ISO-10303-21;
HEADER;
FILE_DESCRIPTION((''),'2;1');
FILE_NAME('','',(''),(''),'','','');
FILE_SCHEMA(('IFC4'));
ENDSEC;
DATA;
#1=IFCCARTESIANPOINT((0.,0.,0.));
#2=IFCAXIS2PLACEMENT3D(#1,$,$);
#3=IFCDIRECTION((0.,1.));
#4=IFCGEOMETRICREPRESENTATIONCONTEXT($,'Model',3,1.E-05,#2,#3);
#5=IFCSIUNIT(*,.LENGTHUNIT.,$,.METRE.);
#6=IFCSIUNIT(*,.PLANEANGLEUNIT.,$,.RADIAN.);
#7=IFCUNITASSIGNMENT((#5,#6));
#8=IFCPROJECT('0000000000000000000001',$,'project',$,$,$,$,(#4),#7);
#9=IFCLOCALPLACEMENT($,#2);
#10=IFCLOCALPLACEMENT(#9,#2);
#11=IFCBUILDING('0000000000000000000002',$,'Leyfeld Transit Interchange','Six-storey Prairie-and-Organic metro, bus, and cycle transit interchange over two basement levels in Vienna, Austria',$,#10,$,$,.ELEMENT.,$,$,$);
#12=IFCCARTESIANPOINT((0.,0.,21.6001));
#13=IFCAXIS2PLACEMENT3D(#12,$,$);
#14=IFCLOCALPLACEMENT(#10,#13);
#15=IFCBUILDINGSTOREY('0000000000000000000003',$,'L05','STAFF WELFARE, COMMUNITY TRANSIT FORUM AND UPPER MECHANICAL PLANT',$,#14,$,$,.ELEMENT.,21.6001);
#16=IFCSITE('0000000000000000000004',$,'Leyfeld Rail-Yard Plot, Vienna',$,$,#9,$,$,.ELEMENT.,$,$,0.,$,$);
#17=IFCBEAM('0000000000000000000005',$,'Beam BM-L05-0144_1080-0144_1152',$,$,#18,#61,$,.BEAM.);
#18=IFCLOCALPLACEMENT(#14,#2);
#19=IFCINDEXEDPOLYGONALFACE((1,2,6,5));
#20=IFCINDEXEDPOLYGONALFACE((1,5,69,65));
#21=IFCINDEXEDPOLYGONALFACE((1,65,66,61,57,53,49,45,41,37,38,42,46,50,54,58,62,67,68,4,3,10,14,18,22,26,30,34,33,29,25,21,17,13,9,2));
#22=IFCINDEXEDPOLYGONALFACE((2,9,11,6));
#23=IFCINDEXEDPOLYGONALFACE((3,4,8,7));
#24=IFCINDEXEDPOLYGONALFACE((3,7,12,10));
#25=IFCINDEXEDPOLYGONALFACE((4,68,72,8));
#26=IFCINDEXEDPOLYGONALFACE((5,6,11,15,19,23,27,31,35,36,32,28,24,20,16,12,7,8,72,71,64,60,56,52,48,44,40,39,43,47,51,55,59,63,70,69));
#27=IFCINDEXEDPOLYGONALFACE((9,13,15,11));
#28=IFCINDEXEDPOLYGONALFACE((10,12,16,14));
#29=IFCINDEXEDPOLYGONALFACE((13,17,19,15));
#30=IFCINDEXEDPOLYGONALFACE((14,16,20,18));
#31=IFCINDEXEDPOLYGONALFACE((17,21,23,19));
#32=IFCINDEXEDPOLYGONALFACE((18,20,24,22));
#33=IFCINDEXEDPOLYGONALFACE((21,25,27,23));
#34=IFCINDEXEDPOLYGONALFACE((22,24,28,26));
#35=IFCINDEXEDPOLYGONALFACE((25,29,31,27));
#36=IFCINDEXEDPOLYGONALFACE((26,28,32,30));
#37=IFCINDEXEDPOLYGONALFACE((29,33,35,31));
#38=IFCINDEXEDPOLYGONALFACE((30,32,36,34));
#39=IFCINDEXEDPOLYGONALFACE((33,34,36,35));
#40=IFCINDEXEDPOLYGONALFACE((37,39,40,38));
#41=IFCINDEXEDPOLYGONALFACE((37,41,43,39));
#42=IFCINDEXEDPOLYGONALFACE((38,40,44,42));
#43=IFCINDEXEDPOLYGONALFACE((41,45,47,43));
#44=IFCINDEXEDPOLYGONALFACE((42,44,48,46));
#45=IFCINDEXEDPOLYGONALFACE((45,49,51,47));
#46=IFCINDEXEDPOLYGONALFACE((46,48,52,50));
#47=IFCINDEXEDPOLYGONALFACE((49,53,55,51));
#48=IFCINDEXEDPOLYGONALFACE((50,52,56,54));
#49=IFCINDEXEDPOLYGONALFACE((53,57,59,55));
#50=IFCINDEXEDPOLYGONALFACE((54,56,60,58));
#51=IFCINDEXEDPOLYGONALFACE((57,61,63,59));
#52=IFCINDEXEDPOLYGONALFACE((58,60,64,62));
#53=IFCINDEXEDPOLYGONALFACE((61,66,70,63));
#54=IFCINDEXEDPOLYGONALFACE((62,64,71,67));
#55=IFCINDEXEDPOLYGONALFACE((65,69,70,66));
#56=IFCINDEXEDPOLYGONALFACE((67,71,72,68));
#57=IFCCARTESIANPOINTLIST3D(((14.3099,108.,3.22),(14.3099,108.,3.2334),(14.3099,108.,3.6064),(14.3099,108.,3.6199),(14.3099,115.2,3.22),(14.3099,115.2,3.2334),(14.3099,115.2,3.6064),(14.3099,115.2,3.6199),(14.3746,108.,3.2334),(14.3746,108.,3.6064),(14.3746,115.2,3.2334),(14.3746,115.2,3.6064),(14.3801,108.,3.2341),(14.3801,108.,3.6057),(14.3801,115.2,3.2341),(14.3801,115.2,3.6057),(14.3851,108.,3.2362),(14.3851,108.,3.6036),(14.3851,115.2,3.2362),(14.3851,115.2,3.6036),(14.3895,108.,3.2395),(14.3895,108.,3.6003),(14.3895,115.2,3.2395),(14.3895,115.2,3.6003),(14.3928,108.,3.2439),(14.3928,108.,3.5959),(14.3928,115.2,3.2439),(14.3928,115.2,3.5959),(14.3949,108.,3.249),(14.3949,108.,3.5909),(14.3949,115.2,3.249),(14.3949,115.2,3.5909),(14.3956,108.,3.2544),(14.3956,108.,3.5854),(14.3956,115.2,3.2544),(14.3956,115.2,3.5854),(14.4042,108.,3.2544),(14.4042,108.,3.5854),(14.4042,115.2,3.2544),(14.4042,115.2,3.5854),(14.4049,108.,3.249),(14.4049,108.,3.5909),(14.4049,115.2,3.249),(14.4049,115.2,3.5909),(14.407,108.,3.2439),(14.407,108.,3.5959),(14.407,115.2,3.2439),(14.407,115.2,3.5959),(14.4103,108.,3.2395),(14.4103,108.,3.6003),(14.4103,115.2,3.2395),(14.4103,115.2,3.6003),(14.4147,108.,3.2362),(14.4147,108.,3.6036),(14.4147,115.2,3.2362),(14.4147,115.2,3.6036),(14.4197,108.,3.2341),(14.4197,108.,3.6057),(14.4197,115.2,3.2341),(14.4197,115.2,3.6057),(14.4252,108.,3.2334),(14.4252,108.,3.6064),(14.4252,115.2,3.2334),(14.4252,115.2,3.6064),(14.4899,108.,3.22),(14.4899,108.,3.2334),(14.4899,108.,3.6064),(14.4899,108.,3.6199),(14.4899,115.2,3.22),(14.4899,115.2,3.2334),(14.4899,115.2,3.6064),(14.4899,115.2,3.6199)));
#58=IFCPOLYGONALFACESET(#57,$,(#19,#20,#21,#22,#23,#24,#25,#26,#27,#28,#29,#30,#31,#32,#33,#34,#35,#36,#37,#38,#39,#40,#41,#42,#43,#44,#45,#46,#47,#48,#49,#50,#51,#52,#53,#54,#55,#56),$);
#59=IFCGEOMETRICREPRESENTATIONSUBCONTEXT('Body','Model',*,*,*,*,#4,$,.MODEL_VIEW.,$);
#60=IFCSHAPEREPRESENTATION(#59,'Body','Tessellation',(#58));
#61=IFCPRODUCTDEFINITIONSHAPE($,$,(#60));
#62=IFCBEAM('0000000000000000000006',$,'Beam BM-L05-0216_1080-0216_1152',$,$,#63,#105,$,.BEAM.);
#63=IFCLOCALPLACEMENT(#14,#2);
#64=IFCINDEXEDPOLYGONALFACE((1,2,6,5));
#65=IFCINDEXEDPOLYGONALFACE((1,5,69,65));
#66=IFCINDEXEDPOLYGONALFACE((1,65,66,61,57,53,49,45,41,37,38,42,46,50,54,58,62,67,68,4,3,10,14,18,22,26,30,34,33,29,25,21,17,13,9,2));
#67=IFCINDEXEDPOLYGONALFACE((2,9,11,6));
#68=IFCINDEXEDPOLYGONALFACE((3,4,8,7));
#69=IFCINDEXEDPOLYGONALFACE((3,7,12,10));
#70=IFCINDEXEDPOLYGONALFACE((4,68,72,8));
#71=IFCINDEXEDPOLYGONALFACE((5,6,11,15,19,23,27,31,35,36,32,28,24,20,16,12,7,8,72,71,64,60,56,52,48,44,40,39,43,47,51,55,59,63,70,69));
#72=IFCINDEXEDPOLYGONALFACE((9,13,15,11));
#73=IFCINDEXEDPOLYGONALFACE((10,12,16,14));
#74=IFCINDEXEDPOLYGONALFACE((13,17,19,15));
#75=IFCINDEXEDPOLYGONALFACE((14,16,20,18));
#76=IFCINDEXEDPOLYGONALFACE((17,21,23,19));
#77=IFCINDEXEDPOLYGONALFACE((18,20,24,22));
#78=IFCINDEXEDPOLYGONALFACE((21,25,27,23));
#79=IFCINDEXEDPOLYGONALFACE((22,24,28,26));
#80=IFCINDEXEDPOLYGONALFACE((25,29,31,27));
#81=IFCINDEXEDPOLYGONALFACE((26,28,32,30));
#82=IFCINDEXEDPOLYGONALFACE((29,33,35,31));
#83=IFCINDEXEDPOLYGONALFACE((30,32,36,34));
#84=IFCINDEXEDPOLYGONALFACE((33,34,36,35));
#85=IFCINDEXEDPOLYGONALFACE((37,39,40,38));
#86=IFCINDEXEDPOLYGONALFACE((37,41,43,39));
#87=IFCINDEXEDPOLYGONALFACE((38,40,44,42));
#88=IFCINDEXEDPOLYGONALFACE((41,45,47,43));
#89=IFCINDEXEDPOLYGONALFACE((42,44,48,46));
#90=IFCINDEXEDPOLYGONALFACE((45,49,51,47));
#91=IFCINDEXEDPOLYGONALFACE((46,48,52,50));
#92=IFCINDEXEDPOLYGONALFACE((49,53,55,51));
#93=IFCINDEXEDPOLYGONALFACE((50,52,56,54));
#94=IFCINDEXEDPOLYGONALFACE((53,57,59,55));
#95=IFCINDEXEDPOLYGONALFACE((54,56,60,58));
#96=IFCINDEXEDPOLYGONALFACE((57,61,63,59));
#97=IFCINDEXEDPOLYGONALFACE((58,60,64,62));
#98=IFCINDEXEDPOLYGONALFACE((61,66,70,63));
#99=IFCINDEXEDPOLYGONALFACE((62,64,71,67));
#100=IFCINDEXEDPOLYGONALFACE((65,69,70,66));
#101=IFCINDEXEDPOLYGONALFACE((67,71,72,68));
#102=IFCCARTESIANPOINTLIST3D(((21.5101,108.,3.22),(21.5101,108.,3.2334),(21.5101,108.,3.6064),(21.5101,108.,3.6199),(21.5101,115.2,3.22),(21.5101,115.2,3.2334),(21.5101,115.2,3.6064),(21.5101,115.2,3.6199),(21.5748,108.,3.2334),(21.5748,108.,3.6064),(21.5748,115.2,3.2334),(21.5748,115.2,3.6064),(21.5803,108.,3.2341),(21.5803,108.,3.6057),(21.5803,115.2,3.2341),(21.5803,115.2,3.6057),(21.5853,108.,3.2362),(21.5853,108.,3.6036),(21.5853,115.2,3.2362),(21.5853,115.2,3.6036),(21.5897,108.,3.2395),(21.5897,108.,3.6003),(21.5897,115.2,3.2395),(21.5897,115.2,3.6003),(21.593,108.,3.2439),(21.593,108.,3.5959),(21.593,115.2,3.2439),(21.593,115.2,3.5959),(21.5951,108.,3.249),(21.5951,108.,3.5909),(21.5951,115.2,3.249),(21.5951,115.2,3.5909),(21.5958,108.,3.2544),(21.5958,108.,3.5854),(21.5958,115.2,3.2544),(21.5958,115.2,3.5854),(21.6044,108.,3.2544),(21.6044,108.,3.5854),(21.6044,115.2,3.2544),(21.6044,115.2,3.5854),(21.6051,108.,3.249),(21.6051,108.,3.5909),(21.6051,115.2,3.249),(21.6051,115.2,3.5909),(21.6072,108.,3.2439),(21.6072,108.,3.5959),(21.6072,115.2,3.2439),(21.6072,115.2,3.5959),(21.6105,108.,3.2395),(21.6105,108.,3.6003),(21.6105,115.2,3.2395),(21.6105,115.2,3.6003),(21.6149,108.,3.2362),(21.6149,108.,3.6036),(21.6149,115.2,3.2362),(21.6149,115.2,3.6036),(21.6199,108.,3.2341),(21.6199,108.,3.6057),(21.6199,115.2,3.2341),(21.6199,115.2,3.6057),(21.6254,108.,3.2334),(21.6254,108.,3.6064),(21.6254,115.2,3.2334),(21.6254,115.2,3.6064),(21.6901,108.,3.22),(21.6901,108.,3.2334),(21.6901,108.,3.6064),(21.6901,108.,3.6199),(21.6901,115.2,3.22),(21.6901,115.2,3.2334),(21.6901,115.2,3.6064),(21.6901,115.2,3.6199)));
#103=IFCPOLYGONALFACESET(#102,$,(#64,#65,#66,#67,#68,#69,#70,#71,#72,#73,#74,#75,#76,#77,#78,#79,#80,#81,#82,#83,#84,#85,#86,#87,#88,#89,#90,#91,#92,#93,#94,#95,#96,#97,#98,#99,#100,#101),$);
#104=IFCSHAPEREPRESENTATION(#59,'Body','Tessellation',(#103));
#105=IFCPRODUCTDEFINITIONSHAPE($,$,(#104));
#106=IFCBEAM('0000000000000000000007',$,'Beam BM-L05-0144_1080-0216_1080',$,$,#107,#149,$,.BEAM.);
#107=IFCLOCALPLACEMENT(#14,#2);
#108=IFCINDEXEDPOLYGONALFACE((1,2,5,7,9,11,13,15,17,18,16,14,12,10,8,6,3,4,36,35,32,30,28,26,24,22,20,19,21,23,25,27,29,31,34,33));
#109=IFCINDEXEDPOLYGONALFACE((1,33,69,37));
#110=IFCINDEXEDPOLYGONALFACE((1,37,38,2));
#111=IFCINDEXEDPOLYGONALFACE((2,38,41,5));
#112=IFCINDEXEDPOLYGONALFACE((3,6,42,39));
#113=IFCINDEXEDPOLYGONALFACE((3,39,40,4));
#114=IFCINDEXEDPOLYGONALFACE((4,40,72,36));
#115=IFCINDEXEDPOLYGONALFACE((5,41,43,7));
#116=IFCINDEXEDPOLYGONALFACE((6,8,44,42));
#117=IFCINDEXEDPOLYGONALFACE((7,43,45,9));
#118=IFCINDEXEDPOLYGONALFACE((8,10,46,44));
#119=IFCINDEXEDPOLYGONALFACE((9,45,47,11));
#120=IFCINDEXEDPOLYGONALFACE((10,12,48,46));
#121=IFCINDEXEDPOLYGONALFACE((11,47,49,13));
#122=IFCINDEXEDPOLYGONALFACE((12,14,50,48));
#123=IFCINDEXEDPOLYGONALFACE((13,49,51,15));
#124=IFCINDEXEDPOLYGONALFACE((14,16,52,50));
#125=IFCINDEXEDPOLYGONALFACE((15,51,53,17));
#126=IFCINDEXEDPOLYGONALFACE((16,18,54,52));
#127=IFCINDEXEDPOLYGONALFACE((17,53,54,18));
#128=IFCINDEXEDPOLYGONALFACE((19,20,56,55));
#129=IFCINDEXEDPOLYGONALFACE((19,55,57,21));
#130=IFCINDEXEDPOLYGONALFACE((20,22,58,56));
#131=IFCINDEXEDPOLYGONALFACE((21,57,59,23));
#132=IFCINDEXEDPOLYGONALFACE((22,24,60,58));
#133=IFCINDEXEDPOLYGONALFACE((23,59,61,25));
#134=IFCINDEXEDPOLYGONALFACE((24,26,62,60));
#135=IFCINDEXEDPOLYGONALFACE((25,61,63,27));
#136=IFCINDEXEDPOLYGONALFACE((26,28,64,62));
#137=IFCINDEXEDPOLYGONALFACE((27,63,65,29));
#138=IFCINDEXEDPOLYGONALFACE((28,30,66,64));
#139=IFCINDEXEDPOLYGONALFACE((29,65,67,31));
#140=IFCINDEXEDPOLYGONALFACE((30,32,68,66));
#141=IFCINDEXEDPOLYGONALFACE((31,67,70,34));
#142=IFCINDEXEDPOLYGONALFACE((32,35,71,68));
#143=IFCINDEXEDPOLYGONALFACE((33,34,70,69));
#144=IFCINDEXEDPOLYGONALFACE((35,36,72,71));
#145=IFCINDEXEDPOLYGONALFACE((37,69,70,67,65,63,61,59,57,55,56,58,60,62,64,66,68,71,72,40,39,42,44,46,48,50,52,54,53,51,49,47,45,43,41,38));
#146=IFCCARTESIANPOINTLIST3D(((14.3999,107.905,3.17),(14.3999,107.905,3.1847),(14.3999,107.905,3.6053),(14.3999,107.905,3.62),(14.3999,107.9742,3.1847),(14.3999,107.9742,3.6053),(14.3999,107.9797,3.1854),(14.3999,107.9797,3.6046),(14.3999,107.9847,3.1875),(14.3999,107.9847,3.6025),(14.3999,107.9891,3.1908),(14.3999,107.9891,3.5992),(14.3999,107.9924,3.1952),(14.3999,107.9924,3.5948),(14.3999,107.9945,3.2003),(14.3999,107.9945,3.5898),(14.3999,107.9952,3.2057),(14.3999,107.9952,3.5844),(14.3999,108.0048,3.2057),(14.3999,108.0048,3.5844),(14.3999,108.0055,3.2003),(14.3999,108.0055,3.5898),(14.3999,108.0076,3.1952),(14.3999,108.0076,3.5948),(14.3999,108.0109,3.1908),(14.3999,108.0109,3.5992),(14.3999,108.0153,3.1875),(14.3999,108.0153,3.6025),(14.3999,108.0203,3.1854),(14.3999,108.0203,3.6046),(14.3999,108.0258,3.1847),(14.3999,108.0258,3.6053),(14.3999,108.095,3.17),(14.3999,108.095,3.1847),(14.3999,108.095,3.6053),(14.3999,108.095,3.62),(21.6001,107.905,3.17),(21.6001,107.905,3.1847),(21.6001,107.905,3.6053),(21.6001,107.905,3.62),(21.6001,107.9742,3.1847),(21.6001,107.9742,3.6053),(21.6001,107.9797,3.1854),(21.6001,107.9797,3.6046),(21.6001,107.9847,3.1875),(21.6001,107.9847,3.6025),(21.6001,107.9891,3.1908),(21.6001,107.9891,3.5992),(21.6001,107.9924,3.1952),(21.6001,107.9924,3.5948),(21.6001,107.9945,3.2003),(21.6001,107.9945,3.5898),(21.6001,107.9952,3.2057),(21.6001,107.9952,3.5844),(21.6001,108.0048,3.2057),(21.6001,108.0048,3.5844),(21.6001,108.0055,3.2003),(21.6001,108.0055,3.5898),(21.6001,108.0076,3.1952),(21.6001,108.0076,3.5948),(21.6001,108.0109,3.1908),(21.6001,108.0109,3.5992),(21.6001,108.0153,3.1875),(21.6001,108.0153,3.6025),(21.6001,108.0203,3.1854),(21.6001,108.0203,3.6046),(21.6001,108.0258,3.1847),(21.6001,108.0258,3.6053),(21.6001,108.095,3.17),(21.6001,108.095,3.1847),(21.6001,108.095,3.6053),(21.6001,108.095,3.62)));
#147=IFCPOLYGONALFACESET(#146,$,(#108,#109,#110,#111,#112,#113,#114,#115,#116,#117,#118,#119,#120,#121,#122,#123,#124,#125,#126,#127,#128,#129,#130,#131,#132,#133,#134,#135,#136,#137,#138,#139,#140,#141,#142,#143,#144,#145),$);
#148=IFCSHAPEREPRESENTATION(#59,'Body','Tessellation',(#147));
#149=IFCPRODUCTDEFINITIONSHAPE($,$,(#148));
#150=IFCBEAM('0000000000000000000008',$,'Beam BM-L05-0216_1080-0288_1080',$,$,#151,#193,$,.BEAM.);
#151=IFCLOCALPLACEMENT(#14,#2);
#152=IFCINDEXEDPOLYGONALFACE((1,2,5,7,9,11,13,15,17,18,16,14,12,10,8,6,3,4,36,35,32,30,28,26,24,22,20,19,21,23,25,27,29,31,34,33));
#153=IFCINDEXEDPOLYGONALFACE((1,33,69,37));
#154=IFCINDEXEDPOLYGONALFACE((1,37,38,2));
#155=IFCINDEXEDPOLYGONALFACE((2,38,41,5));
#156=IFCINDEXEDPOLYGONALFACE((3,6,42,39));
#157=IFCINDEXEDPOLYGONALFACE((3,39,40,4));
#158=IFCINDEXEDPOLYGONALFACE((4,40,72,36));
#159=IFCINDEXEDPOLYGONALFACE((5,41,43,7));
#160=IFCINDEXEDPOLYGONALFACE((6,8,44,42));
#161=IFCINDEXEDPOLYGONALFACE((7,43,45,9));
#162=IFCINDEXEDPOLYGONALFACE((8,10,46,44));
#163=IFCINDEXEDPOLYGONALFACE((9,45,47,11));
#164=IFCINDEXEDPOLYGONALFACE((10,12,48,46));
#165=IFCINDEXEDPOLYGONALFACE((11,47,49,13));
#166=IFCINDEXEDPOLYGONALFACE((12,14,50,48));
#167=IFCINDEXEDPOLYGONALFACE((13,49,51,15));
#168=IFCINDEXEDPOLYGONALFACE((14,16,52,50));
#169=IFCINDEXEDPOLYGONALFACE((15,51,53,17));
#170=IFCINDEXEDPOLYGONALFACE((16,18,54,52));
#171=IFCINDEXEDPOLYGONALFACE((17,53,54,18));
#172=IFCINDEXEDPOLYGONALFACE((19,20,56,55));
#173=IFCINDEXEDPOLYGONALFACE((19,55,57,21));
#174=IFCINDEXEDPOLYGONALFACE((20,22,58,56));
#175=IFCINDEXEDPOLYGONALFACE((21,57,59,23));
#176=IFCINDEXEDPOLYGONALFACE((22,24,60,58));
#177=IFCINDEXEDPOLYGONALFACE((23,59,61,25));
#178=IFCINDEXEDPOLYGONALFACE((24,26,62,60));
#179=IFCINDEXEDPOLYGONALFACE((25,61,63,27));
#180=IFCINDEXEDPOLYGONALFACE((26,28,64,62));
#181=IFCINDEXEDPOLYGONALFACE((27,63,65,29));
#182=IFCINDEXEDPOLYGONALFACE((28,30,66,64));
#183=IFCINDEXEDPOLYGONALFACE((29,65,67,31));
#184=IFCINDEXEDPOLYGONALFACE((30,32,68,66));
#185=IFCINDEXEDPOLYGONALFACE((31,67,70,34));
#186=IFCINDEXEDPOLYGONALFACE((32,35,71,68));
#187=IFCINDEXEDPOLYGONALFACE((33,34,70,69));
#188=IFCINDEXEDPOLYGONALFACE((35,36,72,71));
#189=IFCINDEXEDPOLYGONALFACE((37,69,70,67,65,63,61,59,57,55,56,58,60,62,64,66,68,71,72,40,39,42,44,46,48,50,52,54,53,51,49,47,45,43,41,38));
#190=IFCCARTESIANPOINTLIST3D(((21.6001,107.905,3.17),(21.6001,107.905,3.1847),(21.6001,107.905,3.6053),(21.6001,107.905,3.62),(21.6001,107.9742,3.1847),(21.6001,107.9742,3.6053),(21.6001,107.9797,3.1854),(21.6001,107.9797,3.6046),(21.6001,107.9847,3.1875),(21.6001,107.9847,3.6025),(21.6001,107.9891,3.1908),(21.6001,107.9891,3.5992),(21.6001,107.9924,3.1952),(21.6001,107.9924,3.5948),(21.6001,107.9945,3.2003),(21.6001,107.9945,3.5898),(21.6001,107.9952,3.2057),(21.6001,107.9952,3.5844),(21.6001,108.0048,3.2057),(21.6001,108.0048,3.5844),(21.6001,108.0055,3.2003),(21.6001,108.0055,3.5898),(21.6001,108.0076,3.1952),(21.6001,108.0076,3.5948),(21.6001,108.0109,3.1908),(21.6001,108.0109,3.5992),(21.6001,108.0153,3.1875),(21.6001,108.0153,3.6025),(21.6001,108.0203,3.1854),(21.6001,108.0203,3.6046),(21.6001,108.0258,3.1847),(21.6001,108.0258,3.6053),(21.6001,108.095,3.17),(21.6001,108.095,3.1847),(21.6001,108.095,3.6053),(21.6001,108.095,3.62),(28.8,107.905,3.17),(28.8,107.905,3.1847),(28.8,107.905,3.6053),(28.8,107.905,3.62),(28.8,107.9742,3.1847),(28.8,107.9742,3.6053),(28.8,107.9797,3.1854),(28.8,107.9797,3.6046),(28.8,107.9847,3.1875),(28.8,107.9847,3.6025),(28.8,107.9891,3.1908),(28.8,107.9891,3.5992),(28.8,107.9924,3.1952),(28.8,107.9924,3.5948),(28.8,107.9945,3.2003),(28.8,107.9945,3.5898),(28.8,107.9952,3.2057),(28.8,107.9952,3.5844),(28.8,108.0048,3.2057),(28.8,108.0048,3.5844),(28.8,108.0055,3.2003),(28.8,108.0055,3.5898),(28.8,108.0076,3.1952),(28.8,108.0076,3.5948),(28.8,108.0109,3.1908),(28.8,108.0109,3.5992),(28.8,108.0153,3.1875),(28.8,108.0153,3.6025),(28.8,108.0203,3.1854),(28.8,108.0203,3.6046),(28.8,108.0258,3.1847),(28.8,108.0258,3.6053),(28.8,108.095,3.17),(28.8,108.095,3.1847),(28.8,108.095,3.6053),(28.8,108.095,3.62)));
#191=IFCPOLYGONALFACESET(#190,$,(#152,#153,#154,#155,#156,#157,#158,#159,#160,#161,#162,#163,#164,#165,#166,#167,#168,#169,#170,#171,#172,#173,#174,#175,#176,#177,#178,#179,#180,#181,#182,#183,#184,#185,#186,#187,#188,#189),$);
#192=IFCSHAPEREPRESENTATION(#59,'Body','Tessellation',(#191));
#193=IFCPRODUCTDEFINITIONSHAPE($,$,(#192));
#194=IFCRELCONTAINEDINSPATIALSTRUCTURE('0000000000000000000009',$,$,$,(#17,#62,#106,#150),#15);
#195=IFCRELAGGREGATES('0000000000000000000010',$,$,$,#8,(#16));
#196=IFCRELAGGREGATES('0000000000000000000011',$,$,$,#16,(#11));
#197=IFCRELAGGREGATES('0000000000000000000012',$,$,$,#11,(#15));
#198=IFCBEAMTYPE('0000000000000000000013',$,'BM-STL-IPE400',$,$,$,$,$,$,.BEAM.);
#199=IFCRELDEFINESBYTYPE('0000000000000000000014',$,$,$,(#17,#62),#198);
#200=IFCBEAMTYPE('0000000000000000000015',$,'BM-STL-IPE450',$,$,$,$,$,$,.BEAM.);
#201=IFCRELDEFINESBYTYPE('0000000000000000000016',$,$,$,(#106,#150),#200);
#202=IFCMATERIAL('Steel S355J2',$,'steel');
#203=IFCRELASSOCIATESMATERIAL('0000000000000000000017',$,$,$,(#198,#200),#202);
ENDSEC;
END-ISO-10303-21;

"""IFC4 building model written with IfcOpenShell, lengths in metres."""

from ifc_helpers import new_model, si_unit, direction, frame, origin, origin_2d, place, context, subcontext, project, spatial, i_section, extrude, material, material_profile, profile_set, type_object, element, save


model = new_model("IFC4")

# Units and contexts
model_context = context("Model", 3, precision=1e-05, world=origin(), true_north=direction((0.0, 1.0)))
body_context = subcontext(model_context, "Body", "Model", "MODEL_VIEW")
ifc_project = project(units=[si_unit("LENGTHUNIT", "METRE"), si_unit("PLANEANGLEUNIT", "RADIAN")], contexts=[model_context])

# Site, building, storey
site_placement = place(None, origin())
site = spatial("IfcSite", under=ifc_project, at=site_placement, Name="Leyfeld Rail-Yard Plot, Vienna", CompositionType="ELEMENT", RefElevation=0.0)
building_placement = place(site_placement, origin())
building = spatial("IfcBuilding", under=site, at=building_placement, Name="Leyfeld Transit Interchange", Description="Six-storey Prairie-and-Organic metro, bus, and cycle transit interchange over two basement levels in Vienna, Austria", CompositionType="ELEMENT")
storey_placement = place(building_placement, frame((0.0, 0.0, 21.6001)))
storey = spatial("IfcBuildingStorey", under=building, at=storey_placement, Name="L05", Description="STAFF WELFARE, COMMUNITY TRANSIT FORUM AND UPPER MECHANICAL PLANT", CompositionType="ELEMENT", Elevation=21.6001)

# Shared definitions
ifc_material_1 = material(Name="Steel S355J2", Category="steel")

# Beams
ifc_material_profile_1 = material_profile(ifc_material_1, i_section(OverallWidth=0.1799, OverallDepth=0.3999, WebThickness=0.0085, FlangeThickness=0.0134, FilletRadius=0.021, at=origin_2d()), Name="IPE 400")
ifc_profile_set_1 = profile_set([ifc_material_profile_1], Name="Steel S355J2")
beam_type_1 = type_object("IfcBeamType", Name="BM-STL-IPE400", PredefinedType="BEAM", material=ifc_profile_set_1)
for number, where, z_axis, x_axis, name in (
    (1, (14.3999, 108.0, 3.4199), (0.0, 1.0, 0.0), (-1.0, 0.0, 0.0), "Beam BM-L05-0144_1080-0144_1152"),
    (2, (21.6001, 108.0, 3.4199), (0.0, 1.0, 0.0), (-1.0, 0.0, 0.0), "Beam BM-L05-0216_1080-0216_1152"),
):
    element("IfcBeam", number, at=place(storey_placement, frame(where, z_axis=z_axis, x_axis=x_axis)), inside=storey, type_object=beam_type_1, Name=name, PredefinedType="BEAM", context=body_context, shape_type="SweptSolid", body=[
        extrude(i_section(OverallWidth=0.1799, OverallDepth=0.3999, WebThickness=0.0085, FlangeThickness=0.0134, FilletRadius=0.021, at=origin_2d()), origin(), (0.0, 0.0, 1.0), 7.2),
    ])
ifc_material_profile_2 = material_profile(ifc_material_1, i_section(OverallWidth=0.1899, OverallDepth=0.45, WebThickness=0.0095, FlangeThickness=0.0146, FilletRadius=0.021, at=origin_2d()), Name="IPE 450")
ifc_profile_set_2 = profile_set([ifc_material_profile_2], Name="Steel S355J2")
beam_type_2 = type_object("IfcBeamType", Name="BM-STL-IPE450", PredefinedType="BEAM", material=ifc_profile_set_2)
beam_1_placement = place(storey_placement, frame((14.3999, 108.0, 3.395), z_axis=(1.0, 0.0, 0.0), x_axis=(0.0, 1.0, 0.0)))
element("IfcBeam", 3, at=beam_1_placement, inside=storey, type_object=beam_type_2, Name="Beam BM-L05-0144_1080-0216_1080", PredefinedType="BEAM", context=body_context, shape_type="SweptSolid", body=[
    extrude(i_section(OverallWidth=0.1899, OverallDepth=0.45, WebThickness=0.0095, FlangeThickness=0.0146, FilletRadius=0.021, at=origin_2d()), origin(), (0.0, 0.0, 1.0), 7.2002),
])
beam_2_placement = place(storey_placement, frame((21.6001, 108.0, 3.395), z_axis=(1.0, 0.0, 0.0), x_axis=(0.0, 1.0, 0.0)))
element("IfcBeam", 4, at=beam_2_placement, inside=storey, type_object=beam_type_2, Name="Beam BM-L05-0216_1080-0288_1080", PredefinedType="BEAM", context=body_context, shape_type="SweptSolid", body=[
    extrude(i_section(OverallWidth=0.1899, OverallDepth=0.45, WebThickness=0.0095, FlangeThickness=0.0146, FilletRadius=0.021, at=origin_2d()), origin(), (0.0, 0.0, 1.0), 7.2),
])

save(model, "model.ifc")
